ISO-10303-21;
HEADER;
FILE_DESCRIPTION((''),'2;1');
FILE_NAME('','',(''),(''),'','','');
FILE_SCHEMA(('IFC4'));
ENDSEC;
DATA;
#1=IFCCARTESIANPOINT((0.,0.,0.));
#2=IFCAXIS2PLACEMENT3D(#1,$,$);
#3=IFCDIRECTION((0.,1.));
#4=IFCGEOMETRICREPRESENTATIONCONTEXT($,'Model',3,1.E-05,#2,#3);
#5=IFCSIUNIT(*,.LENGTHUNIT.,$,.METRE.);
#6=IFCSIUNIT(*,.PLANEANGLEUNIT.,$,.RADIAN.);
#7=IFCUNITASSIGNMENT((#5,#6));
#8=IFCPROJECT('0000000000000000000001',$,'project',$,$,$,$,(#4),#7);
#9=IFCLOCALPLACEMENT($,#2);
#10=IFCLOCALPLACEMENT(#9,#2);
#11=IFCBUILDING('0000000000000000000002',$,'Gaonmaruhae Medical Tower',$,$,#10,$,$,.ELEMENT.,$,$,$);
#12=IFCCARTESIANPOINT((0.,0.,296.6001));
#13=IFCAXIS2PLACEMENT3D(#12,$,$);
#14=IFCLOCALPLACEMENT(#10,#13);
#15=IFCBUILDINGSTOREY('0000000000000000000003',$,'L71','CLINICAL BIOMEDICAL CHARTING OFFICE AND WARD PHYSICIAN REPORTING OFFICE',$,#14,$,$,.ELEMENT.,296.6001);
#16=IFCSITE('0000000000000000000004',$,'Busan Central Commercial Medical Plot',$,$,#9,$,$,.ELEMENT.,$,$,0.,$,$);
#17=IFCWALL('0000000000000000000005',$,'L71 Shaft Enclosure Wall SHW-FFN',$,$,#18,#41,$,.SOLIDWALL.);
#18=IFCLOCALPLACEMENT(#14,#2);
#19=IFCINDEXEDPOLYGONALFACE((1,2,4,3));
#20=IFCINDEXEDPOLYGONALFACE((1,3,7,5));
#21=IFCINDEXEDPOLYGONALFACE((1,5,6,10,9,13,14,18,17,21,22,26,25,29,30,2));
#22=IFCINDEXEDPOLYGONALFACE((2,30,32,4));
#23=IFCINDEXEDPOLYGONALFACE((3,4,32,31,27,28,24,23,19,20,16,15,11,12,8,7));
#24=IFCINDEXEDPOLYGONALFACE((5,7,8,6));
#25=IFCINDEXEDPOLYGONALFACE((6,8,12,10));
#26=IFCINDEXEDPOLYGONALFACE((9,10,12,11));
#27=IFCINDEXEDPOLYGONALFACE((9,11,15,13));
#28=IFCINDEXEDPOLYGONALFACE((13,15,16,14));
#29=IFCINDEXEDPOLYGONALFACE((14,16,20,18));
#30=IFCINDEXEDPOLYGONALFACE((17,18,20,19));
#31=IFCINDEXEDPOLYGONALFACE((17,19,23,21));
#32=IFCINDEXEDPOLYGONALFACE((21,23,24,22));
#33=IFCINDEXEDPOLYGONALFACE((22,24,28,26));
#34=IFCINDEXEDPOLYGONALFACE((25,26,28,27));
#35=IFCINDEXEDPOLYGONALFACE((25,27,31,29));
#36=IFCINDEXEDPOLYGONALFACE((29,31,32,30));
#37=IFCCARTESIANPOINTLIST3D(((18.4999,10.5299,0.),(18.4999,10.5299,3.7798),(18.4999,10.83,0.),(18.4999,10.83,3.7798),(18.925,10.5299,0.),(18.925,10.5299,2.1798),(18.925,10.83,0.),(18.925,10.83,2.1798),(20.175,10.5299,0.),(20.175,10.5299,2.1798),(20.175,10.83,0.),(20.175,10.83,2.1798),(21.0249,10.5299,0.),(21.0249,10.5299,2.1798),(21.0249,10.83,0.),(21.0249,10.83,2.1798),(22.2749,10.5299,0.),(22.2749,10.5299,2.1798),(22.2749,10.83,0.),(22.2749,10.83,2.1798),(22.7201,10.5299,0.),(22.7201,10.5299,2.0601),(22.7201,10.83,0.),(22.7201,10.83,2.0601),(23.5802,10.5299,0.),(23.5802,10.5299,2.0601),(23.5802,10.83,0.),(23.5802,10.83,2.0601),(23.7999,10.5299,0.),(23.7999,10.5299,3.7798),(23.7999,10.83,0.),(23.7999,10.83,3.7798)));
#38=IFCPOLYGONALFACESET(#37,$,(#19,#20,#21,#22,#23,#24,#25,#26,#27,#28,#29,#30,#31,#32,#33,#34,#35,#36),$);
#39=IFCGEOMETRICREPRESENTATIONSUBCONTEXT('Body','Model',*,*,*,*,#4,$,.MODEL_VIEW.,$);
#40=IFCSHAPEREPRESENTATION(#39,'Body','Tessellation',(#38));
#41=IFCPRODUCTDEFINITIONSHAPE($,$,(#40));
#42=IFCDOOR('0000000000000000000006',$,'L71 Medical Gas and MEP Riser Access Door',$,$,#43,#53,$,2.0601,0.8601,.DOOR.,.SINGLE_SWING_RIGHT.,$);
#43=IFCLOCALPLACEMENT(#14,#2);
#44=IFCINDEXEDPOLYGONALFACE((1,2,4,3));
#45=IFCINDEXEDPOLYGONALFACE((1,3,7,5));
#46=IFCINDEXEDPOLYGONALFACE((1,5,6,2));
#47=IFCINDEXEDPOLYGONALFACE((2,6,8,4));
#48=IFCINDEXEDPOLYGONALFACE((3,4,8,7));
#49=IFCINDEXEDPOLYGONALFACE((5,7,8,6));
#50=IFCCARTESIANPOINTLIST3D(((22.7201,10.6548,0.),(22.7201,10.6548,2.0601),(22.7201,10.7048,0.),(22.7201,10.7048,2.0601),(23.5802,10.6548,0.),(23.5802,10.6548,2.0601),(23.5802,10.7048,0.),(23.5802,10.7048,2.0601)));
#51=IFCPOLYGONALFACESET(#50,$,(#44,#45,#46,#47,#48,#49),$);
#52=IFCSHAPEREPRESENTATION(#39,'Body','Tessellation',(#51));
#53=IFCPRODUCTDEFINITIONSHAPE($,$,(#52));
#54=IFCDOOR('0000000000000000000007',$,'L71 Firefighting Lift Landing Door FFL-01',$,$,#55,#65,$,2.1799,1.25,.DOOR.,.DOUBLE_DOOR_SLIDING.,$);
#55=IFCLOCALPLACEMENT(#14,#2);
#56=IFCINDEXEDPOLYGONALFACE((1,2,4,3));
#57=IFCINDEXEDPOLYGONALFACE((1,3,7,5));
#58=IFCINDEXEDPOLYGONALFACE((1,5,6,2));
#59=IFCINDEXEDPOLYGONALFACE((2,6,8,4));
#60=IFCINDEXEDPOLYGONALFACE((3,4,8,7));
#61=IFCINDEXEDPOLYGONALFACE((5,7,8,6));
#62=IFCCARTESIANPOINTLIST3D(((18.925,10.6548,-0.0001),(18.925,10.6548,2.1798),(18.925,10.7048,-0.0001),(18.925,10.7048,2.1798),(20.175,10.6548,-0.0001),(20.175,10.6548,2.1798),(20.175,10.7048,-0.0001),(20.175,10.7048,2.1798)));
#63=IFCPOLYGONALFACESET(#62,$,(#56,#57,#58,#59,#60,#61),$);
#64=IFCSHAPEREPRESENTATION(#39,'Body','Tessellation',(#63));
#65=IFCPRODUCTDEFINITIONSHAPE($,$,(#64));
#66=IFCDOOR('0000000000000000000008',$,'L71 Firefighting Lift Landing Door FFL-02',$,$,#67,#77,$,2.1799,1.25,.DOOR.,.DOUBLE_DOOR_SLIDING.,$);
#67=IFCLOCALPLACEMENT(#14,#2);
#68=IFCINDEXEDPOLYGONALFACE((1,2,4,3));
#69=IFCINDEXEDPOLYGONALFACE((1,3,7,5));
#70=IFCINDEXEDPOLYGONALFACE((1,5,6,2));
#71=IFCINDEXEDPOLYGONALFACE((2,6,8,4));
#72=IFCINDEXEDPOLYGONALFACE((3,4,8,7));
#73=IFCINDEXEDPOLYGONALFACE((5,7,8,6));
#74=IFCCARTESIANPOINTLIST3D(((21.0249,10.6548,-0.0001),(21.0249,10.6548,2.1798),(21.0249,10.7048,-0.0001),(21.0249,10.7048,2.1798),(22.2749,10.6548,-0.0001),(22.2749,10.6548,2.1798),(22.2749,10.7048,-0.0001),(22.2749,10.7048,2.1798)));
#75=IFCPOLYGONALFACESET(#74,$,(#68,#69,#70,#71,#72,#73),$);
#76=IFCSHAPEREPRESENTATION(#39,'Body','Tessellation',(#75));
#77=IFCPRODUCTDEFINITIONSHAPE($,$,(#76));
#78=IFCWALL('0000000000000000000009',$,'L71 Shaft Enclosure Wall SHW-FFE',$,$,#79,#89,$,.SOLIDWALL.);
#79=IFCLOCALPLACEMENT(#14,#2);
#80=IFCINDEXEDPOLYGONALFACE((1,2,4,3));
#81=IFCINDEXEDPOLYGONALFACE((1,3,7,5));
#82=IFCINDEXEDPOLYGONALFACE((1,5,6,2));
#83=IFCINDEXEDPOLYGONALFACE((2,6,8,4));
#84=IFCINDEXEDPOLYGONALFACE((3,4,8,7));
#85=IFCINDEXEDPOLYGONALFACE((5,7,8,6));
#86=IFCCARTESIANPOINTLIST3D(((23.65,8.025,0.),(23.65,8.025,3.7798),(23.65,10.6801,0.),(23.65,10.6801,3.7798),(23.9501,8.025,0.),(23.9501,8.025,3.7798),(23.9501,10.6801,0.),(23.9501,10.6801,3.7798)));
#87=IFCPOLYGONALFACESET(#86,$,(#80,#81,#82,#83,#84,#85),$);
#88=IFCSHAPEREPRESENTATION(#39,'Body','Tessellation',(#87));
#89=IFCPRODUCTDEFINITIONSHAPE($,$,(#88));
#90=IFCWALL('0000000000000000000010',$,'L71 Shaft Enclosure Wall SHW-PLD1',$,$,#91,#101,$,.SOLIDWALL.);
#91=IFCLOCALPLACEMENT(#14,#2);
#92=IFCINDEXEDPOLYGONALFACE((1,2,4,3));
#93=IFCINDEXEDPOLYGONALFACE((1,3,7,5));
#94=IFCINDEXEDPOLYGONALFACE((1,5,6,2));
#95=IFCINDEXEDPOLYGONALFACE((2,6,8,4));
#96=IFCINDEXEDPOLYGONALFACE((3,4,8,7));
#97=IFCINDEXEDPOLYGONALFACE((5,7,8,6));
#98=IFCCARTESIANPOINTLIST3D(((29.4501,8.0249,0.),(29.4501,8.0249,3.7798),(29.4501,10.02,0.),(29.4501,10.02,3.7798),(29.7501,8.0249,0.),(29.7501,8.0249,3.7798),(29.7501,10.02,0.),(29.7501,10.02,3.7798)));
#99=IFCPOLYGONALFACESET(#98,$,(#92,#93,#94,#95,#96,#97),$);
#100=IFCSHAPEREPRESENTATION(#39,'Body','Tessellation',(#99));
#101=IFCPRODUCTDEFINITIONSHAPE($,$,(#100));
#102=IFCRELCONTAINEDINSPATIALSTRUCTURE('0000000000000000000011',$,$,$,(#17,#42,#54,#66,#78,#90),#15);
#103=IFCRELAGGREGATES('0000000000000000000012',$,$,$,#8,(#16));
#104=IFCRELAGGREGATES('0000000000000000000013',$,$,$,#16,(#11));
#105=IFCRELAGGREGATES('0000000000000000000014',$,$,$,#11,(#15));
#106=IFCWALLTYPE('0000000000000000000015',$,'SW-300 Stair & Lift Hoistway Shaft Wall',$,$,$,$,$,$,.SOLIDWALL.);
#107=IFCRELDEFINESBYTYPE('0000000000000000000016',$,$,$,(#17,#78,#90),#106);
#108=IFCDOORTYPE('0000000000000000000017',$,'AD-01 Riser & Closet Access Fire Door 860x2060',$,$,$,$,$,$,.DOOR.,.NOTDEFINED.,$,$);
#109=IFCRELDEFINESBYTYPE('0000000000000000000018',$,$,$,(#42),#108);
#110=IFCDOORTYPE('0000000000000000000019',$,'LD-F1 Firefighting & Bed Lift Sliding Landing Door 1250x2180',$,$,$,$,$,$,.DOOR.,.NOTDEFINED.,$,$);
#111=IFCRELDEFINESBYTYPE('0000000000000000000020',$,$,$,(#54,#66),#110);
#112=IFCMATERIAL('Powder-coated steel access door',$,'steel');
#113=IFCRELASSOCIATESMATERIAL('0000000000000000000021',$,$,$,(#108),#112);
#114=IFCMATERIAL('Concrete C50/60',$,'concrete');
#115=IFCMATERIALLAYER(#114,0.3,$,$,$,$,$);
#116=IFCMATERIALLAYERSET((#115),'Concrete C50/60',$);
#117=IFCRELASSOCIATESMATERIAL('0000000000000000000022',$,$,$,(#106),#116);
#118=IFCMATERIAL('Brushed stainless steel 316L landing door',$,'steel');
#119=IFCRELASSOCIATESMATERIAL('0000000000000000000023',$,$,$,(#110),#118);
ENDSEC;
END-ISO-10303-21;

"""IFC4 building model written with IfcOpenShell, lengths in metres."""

from ifc_helpers import new_model, si_unit, direction, frame, frame_2d, origin, place, context, subcontext, project, spatial, rectangle, extrude, material, layer, layer_set, type_object, element, fill, save


model = new_model("IFC4")

# Units and contexts
model_context = context("Model", 3, precision=1e-05, world=origin(), true_north=direction((0.0, 1.0)))
body_context = subcontext(model_context, "Body", "Model", "MODEL_VIEW")
ifc_project = project(units=[si_unit("LENGTHUNIT", "METRE"), si_unit("PLANEANGLEUNIT", "RADIAN")], contexts=[model_context])

# Site, building, storey
site_placement = place(None, origin())
site = spatial("IfcSite", under=ifc_project, at=site_placement, Name="Busan Central Commercial Medical Plot", CompositionType="ELEMENT", RefElevation=0.0)
building_placement = place(site_placement, origin())
building = spatial("IfcBuilding", under=site, at=building_placement, Name="Gaonmaruhae Medical Tower", CompositionType="ELEMENT")
storey_placement = place(building_placement, frame((0.0, 0.0, 296.6001)))
storey = spatial("IfcBuildingStorey", under=building, at=storey_placement, Name="L71", Description="CLINICAL BIOMEDICAL CHARTING OFFICE AND WARD PHYSICIAN REPORTING OFFICE", CompositionType="ELEMENT", Elevation=296.6001)

# Shared definitions
ifc_material_1 = material(Name="Concrete C50/60", Category="concrete")

# Shared definitions
ifc_material_2 = material(Name="Powder-coated steel access door", Category="steel")
door_type_1 = type_object("IfcDoorType", Name="AD-01 Riser & Closet Access Fire Door 860x2060", OperationType="NOTDEFINED", PredefinedType="DOOR", material=ifc_material_2)

# Wall, openings, doors
ifc_layer_1 = layer(ifc_material_1, 0.3)
ifc_layer_set_1 = layer_set([ifc_layer_1], Name="Concrete C50/60")
wall_type_1 = type_object("IfcWallType", Name="SW-300 Stair & Lift Hoistway Shaft Wall", PredefinedType="SOLIDWALL", material=ifc_layer_set_1)
wall_1_placement = place(storey_placement, frame((18.5, 10.6799, 0.0), z_axis=(0.0, 0.0, 1.0), x_axis=(1.0, 0.0, 0.0)))
wall_1 = element("IfcWall", 1, at=wall_1_placement, inside=storey, type_object=wall_type_1, Name="L71 Shaft Enclosure Wall SHW-FFN", PredefinedType="SOLIDWALL", context=body_context, shape_type="SweptSolid", body=[
    extrude(rectangle(XDim=5.3, YDim=0.3, at=frame_2d((2.6499, 0.0))), origin(), (0.0, 0.0, 1.0), 3.7798),
])
opening_1_placement = place(wall_1_placement, frame((4.22, 0.0, 0.0)))
opening_1 = element("IfcOpeningElement", 2, at=opening_1_placement, cuts=wall_1, PredefinedType="OPENING", context=body_context, shape_type="SweptSolid", body=[
    extrude(rectangle(XDim=0.8601, YDim=2.0601, at=frame_2d((0.4302, 1.03))), frame((0.0, 0.1602, 0.0), z_axis=(0.0, -1.0, 0.0), x_axis=(1.0, 0.0, 0.0)), (0.0, 0.0, 1.0), 0.3201),
])
opening_2_placement = place(wall_1_placement, frame((0.425, 0.0, 0.0)))
opening_2 = element("IfcOpeningElement", 3, at=opening_2_placement, cuts=wall_1, PredefinedType="OPENING", context=body_context, shape_type="SweptSolid", body=[
    extrude(rectangle(XDim=1.25, YDim=2.1799, at=frame_2d((0.625, 1.0898))), frame((0.0, 0.1602, 0.0), z_axis=(0.0, -1.0, 0.0), x_axis=(1.0, 0.0, 0.0)), (0.0, 0.0, 1.0), 0.3201),
])
opening_3_placement = place(wall_1_placement, frame((2.5249, 0.0, 0.0)))
opening_3 = element("IfcOpeningElement", 4, at=opening_3_placement, cuts=wall_1, PredefinedType="OPENING", context=body_context, shape_type="SweptSolid", body=[
    extrude(rectangle(XDim=1.25, YDim=2.1799, at=frame_2d((0.625, 1.0898))), frame((0.0, 0.1602, 0.0), z_axis=(0.0, -1.0, 0.0), x_axis=(1.0, 0.0, 0.0)), (0.0, 0.0, 1.0), 0.3201),
])
door_1_placement = place(opening_1_placement, origin())
door_1 = element("IfcDoor", 5, at=door_1_placement, inside=storey, type_object=door_type_1, Name="L71 Medical Gas and MEP Riser Access Door", OperationType="SINGLE_SWING_RIGHT", OverallHeight=2.0601, OverallWidth=0.8601, PredefinedType="DOOR", context=body_context, shape_type="SweptSolid", body=[
    extrude(rectangle(XDim=0.8601, YDim=2.0601, at=frame_2d((0.4302, 1.03))), frame((0.0, 0.0249, 0.0), z_axis=(0.0, -1.0, 0.0), x_axis=(1.0, 0.0, 0.0)), (0.0, 0.0, 1.0), 0.05),
])
fill(opening_1, door_1)
ifc_material_3 = material(Name="Brushed stainless steel 316L landing door", Category="steel")
door_type_2 = type_object("IfcDoorType", Name="LD-F1 Firefighting & Bed Lift Sliding Landing Door 1250x2180", OperationType="NOTDEFINED", PredefinedType="DOOR", material=ifc_material_3)
door_2_placement = place(opening_2_placement, origin())
door_2 = element("IfcDoor", 6, at=door_2_placement, inside=storey, type_object=door_type_2, Name="L71 Firefighting Lift Landing Door FFL-01", OperationType="DOUBLE_DOOR_SLIDING", OverallHeight=2.1799, OverallWidth=1.25, PredefinedType="DOOR", context=body_context, shape_type="SweptSolid", body=[
    extrude(rectangle(XDim=1.25, YDim=2.1799, at=frame_2d((0.625, 1.0898))), frame((0.0, 0.0249, 0.0), z_axis=(0.0, -1.0, 0.0), x_axis=(1.0, 0.0, 0.0)), (0.0, 0.0, 1.0), 0.05),
])
fill(opening_2, door_2)
door_3_placement = place(opening_3_placement, origin())
door_3 = element("IfcDoor", 7, at=door_3_placement, inside=storey, type_object=door_type_2, Name="L71 Firefighting Lift Landing Door FFL-02", OperationType="DOUBLE_DOOR_SLIDING", OverallHeight=2.1799, OverallWidth=1.25, PredefinedType="DOOR", context=body_context, shape_type="SweptSolid", body=[
    extrude(rectangle(XDim=1.25, YDim=2.1799, at=frame_2d((0.625, 1.0898))), frame((0.0, 0.0249, 0.0), z_axis=(0.0, -1.0, 0.0), x_axis=(1.0, 0.0, 0.0)), (0.0, 0.0, 1.0), 0.05),
])
fill(opening_3, door_3)

# Wall
wall_2_placement = place(storey_placement, frame((23.8, 8.0249, 0.0), z_axis=(0.0, 0.0, 1.0), x_axis=(0.0, 1.0, 0.0)))
element("IfcWall", 8, at=wall_2_placement, inside=storey, type_object=wall_type_1, Name="L71 Shaft Enclosure Wall SHW-FFE", PredefinedType="SOLIDWALL", context=body_context, shape_type="SweptSolid", body=[
    extrude(rectangle(XDim=2.655, YDim=0.3, at=frame_2d((1.3276, 0.0))), origin(), (0.0, 0.0, 1.0), 3.7798),
])

# Wall
wall_3_placement = place(storey_placement, frame((29.6001, 8.0249, 0.0), z_axis=(0.0, 0.0, 1.0), x_axis=(0.0, 1.0, 0.0)))
element("IfcWall", 9, at=wall_3_placement, inside=storey, type_object=wall_type_1, Name="L71 Shaft Enclosure Wall SHW-PLD1", PredefinedType="SOLIDWALL", context=body_context, shape_type="SweptSolid", body=[
    extrude(rectangle(XDim=1.9951, YDim=0.3, at=frame_2d((0.9976, 0.0))), origin(), (0.0, 0.0, 1.0), 3.7798),
])

save(model, "model.ifc")
